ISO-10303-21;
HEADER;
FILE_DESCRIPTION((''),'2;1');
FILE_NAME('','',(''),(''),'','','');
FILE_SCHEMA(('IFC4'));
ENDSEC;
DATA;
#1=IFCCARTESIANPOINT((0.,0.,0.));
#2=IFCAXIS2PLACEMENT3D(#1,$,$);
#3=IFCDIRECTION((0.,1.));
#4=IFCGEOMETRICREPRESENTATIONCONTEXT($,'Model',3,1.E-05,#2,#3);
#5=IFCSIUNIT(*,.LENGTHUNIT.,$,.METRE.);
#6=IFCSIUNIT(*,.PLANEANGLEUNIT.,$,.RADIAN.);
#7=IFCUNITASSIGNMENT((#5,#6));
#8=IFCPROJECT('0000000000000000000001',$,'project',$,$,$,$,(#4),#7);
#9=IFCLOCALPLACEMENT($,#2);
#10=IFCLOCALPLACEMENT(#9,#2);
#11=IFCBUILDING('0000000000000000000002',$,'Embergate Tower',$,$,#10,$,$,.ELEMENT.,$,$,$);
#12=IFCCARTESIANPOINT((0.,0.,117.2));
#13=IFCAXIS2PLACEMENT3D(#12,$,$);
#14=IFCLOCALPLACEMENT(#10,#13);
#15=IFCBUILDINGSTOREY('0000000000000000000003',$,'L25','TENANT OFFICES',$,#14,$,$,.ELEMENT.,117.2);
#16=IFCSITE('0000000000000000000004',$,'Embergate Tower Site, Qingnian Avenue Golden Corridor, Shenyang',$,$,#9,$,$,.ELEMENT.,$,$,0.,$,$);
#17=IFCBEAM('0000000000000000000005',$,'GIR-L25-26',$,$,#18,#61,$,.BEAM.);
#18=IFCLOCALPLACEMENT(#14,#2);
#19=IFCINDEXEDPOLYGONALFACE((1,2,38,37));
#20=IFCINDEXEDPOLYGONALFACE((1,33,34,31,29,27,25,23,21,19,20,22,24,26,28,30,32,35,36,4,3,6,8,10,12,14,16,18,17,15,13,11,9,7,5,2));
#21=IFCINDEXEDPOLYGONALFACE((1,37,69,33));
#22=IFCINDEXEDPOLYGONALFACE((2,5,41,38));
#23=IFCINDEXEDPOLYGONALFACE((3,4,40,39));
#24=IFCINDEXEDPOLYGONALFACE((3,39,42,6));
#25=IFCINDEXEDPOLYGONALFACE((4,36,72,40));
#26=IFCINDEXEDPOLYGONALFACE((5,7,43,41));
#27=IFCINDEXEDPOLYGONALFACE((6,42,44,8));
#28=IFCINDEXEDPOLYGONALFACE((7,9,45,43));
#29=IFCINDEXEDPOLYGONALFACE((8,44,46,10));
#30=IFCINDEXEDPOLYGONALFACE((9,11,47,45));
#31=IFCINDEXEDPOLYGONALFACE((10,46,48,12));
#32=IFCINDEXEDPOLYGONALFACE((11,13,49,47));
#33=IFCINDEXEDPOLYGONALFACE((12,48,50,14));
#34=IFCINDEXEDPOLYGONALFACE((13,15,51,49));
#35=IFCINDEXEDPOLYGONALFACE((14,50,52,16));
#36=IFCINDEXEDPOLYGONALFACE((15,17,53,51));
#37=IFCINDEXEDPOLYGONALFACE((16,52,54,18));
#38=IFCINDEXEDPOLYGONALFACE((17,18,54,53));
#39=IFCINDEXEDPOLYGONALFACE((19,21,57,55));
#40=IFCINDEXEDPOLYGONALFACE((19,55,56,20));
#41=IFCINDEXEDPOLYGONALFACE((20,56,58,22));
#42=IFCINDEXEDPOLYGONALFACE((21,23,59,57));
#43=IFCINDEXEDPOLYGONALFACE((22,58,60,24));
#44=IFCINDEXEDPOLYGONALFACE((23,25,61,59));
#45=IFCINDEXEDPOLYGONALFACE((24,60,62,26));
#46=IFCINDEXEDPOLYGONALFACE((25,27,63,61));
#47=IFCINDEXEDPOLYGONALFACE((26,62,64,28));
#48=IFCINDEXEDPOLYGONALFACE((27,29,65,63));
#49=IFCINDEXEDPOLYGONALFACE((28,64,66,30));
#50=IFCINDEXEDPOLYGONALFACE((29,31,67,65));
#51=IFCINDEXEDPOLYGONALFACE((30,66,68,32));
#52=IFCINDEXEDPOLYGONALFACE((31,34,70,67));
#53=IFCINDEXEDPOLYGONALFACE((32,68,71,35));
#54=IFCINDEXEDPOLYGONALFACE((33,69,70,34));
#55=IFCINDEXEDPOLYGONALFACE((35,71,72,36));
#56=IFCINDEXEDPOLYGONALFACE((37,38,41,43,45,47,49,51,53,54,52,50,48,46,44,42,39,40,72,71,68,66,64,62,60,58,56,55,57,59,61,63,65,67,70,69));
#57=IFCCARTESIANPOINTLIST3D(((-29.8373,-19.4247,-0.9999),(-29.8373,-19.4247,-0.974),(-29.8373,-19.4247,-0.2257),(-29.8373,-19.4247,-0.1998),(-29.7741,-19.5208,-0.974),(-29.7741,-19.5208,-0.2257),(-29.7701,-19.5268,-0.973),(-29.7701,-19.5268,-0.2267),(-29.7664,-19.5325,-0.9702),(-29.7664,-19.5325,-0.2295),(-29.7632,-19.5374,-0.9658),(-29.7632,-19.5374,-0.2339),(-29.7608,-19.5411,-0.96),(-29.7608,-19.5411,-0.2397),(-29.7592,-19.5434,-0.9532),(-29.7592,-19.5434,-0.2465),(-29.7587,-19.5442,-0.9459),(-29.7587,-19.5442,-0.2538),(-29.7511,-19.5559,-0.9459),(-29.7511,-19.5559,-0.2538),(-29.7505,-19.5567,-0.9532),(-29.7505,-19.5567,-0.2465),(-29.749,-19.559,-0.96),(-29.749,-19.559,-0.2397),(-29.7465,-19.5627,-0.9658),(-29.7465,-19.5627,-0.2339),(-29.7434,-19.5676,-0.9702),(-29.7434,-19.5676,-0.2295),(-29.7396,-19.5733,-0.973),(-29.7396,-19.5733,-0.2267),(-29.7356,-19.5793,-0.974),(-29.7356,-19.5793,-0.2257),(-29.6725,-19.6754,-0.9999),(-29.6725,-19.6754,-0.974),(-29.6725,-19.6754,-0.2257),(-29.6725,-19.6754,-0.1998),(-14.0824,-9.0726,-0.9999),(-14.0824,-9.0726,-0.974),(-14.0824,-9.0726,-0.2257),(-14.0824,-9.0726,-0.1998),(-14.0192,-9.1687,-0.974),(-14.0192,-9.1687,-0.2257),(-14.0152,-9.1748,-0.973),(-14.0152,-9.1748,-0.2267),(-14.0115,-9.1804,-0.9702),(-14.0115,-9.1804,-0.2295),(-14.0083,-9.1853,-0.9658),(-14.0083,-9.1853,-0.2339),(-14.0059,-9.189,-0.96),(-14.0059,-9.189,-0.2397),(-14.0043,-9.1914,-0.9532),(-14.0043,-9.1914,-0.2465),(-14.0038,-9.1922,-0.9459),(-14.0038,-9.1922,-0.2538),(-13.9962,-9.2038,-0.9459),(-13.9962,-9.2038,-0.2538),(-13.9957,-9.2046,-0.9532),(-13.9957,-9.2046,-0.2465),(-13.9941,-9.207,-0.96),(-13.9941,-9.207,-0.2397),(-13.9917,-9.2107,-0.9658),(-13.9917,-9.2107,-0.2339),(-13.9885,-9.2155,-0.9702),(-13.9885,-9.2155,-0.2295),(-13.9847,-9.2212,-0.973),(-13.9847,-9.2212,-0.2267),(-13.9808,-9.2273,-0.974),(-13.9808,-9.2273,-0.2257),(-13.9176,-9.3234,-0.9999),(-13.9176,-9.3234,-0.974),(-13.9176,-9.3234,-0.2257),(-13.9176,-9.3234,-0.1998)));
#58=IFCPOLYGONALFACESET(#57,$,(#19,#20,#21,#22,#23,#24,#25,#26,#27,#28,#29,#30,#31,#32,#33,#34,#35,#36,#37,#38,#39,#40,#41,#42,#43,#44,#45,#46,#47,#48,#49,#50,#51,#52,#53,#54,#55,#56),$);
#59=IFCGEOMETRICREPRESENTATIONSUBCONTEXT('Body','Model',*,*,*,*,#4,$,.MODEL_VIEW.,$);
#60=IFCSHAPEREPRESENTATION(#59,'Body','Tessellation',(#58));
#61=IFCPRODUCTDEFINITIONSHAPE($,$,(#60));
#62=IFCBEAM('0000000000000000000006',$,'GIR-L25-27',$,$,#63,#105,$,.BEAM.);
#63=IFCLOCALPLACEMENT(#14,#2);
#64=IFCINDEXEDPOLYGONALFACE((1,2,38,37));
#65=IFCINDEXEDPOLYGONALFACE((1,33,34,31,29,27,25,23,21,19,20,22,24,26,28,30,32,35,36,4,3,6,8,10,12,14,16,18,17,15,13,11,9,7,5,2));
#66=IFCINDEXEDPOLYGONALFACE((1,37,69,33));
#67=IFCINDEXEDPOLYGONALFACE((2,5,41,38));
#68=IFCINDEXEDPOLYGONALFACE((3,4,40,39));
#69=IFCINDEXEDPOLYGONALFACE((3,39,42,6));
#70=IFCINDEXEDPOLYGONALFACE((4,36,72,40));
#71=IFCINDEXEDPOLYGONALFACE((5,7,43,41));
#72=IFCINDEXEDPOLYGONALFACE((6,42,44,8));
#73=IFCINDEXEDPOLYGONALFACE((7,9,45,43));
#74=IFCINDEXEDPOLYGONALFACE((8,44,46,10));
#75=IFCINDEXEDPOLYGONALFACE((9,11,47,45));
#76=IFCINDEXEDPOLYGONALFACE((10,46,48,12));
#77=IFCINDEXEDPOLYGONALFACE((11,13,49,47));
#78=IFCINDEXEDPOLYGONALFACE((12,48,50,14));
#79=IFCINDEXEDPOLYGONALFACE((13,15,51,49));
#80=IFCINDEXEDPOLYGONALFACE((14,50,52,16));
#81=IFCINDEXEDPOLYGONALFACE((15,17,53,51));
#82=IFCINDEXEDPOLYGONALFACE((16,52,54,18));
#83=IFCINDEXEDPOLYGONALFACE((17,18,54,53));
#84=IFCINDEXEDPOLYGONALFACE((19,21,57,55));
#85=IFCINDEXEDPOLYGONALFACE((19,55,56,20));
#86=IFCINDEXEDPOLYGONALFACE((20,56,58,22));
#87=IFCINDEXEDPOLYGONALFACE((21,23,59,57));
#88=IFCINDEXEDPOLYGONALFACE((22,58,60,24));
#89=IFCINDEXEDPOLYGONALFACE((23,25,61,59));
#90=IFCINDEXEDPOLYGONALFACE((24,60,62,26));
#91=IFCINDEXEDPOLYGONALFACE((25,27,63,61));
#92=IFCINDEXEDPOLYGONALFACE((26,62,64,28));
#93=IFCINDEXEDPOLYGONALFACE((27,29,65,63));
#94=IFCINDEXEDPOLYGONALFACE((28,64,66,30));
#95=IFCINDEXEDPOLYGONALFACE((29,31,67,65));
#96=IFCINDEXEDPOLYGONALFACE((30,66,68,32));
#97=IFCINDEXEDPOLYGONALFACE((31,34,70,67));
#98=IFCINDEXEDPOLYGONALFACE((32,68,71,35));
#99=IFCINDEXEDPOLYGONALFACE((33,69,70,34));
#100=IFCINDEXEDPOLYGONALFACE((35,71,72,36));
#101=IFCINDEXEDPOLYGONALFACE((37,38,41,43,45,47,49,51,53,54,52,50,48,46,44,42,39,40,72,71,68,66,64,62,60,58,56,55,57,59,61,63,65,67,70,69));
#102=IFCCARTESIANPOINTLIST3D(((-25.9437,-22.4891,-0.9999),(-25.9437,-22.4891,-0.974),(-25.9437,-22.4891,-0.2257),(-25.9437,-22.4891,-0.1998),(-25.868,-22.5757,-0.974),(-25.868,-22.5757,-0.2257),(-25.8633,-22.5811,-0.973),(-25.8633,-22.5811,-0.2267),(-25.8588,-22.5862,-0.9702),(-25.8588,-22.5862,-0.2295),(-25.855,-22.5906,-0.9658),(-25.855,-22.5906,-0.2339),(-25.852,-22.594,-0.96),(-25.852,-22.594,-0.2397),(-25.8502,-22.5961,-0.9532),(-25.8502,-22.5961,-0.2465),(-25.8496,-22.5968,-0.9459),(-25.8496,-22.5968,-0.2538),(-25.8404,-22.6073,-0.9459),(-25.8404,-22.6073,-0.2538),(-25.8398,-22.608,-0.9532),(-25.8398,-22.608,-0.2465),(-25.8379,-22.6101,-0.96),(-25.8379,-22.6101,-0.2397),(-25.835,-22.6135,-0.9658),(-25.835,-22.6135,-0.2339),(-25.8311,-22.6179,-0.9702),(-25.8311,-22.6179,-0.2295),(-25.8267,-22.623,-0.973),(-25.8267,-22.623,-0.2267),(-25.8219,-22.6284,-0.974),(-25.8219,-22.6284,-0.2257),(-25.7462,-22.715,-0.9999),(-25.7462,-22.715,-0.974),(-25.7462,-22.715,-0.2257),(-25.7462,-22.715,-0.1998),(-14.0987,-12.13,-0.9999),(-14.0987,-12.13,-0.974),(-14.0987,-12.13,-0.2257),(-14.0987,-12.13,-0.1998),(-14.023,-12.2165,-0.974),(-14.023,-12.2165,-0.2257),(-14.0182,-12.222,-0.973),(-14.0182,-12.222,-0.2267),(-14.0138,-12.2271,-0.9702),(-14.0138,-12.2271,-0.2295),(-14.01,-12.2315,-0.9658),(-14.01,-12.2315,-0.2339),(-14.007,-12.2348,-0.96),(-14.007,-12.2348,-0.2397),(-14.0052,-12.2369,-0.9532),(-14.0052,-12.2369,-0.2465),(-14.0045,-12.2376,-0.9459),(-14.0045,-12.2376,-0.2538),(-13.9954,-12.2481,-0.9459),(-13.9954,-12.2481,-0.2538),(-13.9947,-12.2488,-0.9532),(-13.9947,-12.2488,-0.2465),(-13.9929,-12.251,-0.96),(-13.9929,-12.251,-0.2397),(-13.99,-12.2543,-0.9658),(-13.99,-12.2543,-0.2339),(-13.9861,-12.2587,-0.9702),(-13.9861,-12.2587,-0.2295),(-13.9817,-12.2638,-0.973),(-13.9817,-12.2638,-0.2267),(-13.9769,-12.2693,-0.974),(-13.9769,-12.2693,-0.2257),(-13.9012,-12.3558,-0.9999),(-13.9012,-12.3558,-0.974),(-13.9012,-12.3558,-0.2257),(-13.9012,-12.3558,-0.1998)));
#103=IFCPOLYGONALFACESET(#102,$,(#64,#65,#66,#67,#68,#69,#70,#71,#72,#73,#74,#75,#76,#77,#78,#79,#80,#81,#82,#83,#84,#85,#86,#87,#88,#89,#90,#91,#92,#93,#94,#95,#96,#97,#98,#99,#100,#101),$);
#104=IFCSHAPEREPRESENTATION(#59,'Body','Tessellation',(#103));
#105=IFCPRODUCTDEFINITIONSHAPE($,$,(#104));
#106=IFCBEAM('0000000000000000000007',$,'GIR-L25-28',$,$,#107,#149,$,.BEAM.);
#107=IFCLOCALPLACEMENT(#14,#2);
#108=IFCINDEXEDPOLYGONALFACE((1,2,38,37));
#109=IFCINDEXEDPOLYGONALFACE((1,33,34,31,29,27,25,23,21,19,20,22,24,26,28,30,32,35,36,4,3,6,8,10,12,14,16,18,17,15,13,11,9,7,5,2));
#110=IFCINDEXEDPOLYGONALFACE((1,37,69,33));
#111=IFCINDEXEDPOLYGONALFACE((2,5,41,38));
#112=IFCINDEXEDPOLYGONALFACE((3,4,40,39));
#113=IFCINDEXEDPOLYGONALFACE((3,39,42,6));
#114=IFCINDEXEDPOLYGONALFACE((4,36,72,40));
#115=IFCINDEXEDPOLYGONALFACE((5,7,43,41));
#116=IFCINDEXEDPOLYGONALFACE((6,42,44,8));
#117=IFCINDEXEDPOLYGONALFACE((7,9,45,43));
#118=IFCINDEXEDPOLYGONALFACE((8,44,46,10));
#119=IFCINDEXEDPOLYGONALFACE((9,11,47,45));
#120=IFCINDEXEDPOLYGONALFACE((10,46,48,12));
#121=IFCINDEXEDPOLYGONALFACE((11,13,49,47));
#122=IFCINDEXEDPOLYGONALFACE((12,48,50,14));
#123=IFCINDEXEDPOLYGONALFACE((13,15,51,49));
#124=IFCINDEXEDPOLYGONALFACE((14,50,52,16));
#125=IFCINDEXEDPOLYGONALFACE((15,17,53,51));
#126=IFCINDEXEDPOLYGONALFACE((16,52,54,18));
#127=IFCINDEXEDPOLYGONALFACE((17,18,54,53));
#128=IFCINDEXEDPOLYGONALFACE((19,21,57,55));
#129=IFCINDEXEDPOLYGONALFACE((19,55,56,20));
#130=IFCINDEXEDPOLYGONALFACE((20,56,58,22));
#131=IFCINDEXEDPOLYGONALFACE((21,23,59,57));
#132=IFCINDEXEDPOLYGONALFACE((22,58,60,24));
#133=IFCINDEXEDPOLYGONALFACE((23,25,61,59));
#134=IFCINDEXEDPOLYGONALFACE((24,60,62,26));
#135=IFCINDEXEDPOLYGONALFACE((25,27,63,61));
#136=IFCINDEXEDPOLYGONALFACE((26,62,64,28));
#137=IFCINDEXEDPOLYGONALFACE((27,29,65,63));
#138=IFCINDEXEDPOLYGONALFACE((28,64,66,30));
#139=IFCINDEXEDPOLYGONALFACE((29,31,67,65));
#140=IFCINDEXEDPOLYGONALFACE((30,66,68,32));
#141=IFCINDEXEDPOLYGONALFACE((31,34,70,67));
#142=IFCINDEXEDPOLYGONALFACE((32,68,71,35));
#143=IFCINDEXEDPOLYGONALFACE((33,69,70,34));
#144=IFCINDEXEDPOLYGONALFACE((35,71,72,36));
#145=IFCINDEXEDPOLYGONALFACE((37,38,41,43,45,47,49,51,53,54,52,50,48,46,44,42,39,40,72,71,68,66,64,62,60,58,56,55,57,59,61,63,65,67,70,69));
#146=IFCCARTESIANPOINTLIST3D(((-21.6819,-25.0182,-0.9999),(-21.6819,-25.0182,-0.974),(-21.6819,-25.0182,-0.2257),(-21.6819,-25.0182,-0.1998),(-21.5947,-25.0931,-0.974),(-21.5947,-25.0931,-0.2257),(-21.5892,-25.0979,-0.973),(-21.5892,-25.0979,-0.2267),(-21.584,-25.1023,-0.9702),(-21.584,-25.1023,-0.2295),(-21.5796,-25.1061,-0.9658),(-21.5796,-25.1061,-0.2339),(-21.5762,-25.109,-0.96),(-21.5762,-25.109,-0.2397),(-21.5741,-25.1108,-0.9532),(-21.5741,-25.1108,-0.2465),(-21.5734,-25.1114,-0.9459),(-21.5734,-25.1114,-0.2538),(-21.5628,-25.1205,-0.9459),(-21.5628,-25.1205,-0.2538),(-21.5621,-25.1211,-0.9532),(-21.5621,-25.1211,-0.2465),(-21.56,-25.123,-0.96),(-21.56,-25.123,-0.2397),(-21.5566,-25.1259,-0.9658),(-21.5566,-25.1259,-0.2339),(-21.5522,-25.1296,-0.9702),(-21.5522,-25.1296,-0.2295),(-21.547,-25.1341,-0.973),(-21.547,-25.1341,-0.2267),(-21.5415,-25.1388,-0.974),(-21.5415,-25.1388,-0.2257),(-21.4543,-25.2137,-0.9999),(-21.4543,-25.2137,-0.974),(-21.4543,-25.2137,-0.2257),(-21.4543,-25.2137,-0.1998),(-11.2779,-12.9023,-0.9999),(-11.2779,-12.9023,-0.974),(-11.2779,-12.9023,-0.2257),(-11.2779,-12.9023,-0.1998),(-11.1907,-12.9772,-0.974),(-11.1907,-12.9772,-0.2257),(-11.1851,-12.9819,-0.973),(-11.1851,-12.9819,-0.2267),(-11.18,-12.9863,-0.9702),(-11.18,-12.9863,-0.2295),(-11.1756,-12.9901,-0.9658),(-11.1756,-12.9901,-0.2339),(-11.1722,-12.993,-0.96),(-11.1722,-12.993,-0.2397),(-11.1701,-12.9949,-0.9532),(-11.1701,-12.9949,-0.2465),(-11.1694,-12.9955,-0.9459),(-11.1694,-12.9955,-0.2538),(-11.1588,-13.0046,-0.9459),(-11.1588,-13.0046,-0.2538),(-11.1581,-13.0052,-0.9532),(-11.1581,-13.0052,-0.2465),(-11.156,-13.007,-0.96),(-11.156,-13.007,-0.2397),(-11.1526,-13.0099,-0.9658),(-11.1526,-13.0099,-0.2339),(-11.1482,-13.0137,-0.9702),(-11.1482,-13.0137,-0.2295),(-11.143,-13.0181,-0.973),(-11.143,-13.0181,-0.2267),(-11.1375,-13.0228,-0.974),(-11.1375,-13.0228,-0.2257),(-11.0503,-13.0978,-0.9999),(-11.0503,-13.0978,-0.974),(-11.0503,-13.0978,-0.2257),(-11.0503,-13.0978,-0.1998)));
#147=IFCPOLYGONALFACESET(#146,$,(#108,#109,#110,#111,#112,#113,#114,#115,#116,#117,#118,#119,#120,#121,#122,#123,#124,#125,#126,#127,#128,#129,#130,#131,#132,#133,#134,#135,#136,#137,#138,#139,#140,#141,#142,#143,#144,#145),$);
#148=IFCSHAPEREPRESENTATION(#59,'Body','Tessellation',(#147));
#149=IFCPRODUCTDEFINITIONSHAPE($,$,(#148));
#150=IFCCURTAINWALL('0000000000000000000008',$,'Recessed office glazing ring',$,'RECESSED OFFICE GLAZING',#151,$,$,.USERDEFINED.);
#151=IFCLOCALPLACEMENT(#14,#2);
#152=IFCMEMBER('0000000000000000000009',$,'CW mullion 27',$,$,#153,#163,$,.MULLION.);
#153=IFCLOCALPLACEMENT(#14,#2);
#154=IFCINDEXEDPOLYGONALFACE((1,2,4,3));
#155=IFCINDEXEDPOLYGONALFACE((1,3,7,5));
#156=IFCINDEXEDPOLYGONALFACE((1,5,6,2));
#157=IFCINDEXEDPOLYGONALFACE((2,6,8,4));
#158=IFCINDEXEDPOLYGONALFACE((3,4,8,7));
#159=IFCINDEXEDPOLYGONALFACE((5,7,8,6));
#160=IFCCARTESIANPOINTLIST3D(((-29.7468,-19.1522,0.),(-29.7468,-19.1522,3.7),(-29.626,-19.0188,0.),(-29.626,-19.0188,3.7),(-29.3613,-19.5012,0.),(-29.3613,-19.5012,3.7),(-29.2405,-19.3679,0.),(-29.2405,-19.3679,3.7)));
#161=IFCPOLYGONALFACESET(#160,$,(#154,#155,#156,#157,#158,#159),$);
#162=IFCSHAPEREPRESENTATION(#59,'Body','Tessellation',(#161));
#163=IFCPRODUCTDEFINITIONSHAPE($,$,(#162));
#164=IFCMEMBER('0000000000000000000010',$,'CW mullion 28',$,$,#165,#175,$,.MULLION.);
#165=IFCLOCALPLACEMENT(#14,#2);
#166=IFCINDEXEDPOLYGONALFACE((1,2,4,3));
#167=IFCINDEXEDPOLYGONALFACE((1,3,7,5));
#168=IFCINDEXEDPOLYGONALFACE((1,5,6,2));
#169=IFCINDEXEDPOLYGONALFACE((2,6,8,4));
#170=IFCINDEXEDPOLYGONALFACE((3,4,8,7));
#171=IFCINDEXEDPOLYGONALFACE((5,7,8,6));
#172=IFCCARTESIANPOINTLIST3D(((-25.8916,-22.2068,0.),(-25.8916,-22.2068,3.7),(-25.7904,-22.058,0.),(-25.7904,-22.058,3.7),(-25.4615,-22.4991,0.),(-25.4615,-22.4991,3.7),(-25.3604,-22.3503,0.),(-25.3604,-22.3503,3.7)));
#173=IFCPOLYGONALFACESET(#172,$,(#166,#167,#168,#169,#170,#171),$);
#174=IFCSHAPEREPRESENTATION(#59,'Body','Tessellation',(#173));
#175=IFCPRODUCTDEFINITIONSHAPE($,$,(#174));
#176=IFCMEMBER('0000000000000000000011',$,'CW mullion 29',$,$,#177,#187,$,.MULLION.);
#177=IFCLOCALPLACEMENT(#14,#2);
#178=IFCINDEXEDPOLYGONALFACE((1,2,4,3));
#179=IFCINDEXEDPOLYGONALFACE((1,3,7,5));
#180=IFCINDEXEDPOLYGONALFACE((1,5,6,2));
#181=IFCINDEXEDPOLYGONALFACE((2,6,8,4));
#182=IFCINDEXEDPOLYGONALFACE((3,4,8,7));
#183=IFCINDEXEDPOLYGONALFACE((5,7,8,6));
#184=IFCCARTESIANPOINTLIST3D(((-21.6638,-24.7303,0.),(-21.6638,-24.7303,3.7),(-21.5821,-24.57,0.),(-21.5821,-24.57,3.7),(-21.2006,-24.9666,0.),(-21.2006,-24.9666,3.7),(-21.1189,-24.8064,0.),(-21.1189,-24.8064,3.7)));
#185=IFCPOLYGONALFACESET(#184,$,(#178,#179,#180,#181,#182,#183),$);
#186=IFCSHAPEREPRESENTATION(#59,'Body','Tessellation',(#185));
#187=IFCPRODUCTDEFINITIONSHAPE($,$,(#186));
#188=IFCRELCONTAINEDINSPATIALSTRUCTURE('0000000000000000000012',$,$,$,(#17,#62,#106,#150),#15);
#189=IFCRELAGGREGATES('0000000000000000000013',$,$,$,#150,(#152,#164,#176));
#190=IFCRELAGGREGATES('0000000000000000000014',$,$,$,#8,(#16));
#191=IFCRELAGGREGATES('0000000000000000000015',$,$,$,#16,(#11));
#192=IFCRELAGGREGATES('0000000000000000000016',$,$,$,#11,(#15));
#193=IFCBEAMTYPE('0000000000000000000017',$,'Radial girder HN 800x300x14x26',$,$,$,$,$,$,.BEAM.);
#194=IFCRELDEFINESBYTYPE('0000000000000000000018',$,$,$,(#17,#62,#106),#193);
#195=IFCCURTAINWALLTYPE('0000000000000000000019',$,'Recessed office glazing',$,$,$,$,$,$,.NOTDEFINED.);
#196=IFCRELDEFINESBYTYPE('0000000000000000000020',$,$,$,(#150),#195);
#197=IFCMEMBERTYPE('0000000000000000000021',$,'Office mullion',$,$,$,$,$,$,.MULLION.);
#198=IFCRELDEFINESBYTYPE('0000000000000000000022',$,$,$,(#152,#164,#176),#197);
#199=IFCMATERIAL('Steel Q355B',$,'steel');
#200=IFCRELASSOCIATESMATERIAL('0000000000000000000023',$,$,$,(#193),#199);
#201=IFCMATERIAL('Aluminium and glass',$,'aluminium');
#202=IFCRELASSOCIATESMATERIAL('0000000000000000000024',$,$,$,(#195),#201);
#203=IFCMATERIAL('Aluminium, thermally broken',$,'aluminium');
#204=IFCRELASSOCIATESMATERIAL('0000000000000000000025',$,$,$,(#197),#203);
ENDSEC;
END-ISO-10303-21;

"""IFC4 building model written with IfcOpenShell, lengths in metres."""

from ifc_helpers import new_model, si_unit, direction, frame, origin, origin_2d, place, context, subcontext, project, spatial, rectangle, i_section, extrude, source, transform, mapped, material, material_profile, profile_set, type_object, element, aggregate, save


model = new_model("IFC4")

# Units and contexts
model_context = context("Model", 3, precision=1e-05, world=origin(), true_north=direction((0.0, 1.0)))
body_context = subcontext(model_context, "Body", "Model", "MODEL_VIEW")
ifc_project = project(units=[si_unit("LENGTHUNIT", "METRE"), si_unit("PLANEANGLEUNIT", "RADIAN")], contexts=[model_context])

# Site, building, storey
site_placement = place(None, origin())
site = spatial("IfcSite", under=ifc_project, at=site_placement, Name="Embergate Tower Site, Qingnian Avenue Golden Corridor, Shenyang", CompositionType="ELEMENT", RefElevation=0.0)
building_placement = place(site_placement, origin())
building = spatial("IfcBuilding", under=site, at=building_placement, Name="Embergate Tower", CompositionType="ELEMENT")
storey_placement = place(building_placement, frame((0.0, 0.0, 117.2)))
storey = spatial("IfcBuildingStorey", under=building, at=storey_placement, Name="L25", Description="TENANT OFFICES", CompositionType="ELEMENT", Elevation=117.2)

# Beams
ifc_material_1 = material(Name="Steel Q355B", Category="steel")
ifc_material_profile_1 = material_profile(ifc_material_1, i_section(OverallWidth=0.3, OverallDepth=0.8, WebThickness=0.0139, FlangeThickness=0.0259, FilletRadius=0.0281, at=origin_2d()), Name="HN 800x300x14x26")
ifc_profile_set_1 = profile_set([ifc_material_profile_1], Name="Steel Q355 grade B")
beam_type_1 = type_object("IfcBeamType", Name="Radial girder HN 800x300x14x26", PredefinedType="BEAM", material=ifc_profile_set_1)
shared_shape_1 = source(origin(), body_context, "Body", "SweptSolid", [
    extrude(i_section(OverallWidth=0.3, OverallDepth=0.8, WebThickness=0.0139, FlangeThickness=0.0259, FilletRadius=0.0281, at=origin_2d()), origin(), (0.0, 0.0, 1.0), 18.8516),
])
beam_1_placement = place(storey_placement, frame((-29.7549, -19.55, -0.5999), z_axis=(0.835734, 0.549135, 0.0), x_axis=(-0.549135, 0.835734, 0.0)))
element("IfcBeam", 1, at=beam_1_placement, inside=storey, type_object=beam_type_1, Name="GIR-L25-26", PredefinedType="BEAM", context=body_context, shape_type="MappedRepresentation", body=[
    mapped(shared_shape_1, transform((0.0, 0.0, 0.0))),
])
shared_shape_2 = source(origin(), body_context, "Body", "SweptSolid", [
    extrude(i_section(OverallWidth=0.3, OverallDepth=0.8, WebThickness=0.0139, FlangeThickness=0.0259, FilletRadius=0.0281, at=origin_2d()), origin(), (0.0, 0.0, 1.0), 15.7358),
])
beam_2_placement = place(storey_placement, frame((-25.845, -22.6021, -0.5999), z_axis=(0.752741, 0.658317, 0.0), x_axis=(-0.658317, 0.752741, 0.0)))
element("IfcBeam", 2, at=beam_2_placement, inside=storey, type_object=beam_type_1, Name="GIR-L25-27", PredefinedType="BEAM", context=body_context, shape_type="MappedRepresentation", body=[
    mapped(shared_shape_2, transform((0.0, 0.0, 0.0))),
])
shared_shape_3 = source(origin(), body_context, "Body", "SweptSolid", [
    extrude(i_section(OverallWidth=0.3, OverallDepth=0.8, WebThickness=0.0139, FlangeThickness=0.0259, FilletRadius=0.0281, at=origin_2d()), origin(), (0.0, 0.0, 1.0), 15.97),
])
beam_3_placement = place(storey_placement, frame((-21.5681, -25.116, -0.5999), z_axis=(0.651475, 0.75867, 0.0), x_axis=(-0.75867, 0.651475, 0.0)))
element("IfcBeam", 3, at=beam_3_placement, inside=storey, type_object=beam_type_1, Name="GIR-L25-28", PredefinedType="BEAM", context=body_context, shape_type="MappedRepresentation", body=[
    mapped(shared_shape_3, transform((0.0, 0.0, 0.0))),
])

# Curtain wall, members
ifc_material_2 = material(Name="Aluminium and glass", Category="aluminium")
curtain_wall_type = type_object("IfcCurtainWallType", Name="Recessed office glazing", PredefinedType="NOTDEFINED", material=ifc_material_2)
curtain_wall_placement = place(storey_placement, origin())
curtain_wall = element("IfcCurtainWall", 4, at=curtain_wall_placement, inside=storey, type_object=curtain_wall_type, Name="Recessed office glazing ring", ObjectType="RECESSED OFFICE GLAZING", PredefinedType="USERDEFINED")
ifc_material_3 = material(Name="Aluminium, thermally broken", Category="aluminium")
ifc_material_profile_2 = material_profile(ifc_material_3, rectangle(XDim=0.1799, YDim=0.52, at=origin_2d()), Name="AL 520x180")
ifc_profile_set_2 = profile_set([ifc_material_profile_2], Name="Aluminium, thermally broken")
member_type_1 = type_object("IfcMemberType", Name="Office mullion", PredefinedType="MULLION", material=ifc_profile_set_2)
shared_shape_4 = source(origin(), body_context, "Body", "SweptSolid", [
    extrude(rectangle(XDim=0.1799, YDim=0.52, at=origin_2d()), origin(), (0.0, 0.0, 1.0), 3.7),
])
member_1_placement = place(storey_placement, frame((-29.4937, -19.26, 0.0), z_axis=(0.0, 0.0, 1.0), x_axis=(0.671233, 0.741246, 0.0)))
member_1 = element("IfcMember", 5, at=member_1_placement, type_object=member_type_1, Name="CW mullion 27", PredefinedType="MULLION", context=body_context, shape_type="MappedRepresentation", body=[
    mapped(shared_shape_4, transform((0.0, 0.0, 0.0))),
])
member_2_placement = place(storey_placement, frame((-25.626, -22.2786, 0.0), z_axis=(0.0, 0.0, 1.0), x_axis=(0.562223, 0.826985, 0.0)))
member_2 = element("IfcMember", 6, at=member_2_placement, type_object=member_type_1, Name="CW mullion 28", PredefinedType="MULLION", context=body_context, shape_type="MappedRepresentation", body=[
    mapped(shared_shape_4, transform((0.0, 0.0, 0.0))),
])
member_3_placement = place(storey_placement, frame((-21.3914, -24.7683, 0.0), z_axis=(0.0, 0.0, 1.0), x_axis=(0.454516, 0.890739, 0.0)))
member_3 = element("IfcMember", 7, at=member_3_placement, type_object=member_type_1, Name="CW mullion 29", PredefinedType="MULLION", context=body_context, shape_type="MappedRepresentation", body=[
    mapped(shared_shape_4, transform((0.0, 0.0, 0.0))),
])
aggregate(curtain_wall, [member_1, member_2, member_3])

save(model, "model.ifc")
